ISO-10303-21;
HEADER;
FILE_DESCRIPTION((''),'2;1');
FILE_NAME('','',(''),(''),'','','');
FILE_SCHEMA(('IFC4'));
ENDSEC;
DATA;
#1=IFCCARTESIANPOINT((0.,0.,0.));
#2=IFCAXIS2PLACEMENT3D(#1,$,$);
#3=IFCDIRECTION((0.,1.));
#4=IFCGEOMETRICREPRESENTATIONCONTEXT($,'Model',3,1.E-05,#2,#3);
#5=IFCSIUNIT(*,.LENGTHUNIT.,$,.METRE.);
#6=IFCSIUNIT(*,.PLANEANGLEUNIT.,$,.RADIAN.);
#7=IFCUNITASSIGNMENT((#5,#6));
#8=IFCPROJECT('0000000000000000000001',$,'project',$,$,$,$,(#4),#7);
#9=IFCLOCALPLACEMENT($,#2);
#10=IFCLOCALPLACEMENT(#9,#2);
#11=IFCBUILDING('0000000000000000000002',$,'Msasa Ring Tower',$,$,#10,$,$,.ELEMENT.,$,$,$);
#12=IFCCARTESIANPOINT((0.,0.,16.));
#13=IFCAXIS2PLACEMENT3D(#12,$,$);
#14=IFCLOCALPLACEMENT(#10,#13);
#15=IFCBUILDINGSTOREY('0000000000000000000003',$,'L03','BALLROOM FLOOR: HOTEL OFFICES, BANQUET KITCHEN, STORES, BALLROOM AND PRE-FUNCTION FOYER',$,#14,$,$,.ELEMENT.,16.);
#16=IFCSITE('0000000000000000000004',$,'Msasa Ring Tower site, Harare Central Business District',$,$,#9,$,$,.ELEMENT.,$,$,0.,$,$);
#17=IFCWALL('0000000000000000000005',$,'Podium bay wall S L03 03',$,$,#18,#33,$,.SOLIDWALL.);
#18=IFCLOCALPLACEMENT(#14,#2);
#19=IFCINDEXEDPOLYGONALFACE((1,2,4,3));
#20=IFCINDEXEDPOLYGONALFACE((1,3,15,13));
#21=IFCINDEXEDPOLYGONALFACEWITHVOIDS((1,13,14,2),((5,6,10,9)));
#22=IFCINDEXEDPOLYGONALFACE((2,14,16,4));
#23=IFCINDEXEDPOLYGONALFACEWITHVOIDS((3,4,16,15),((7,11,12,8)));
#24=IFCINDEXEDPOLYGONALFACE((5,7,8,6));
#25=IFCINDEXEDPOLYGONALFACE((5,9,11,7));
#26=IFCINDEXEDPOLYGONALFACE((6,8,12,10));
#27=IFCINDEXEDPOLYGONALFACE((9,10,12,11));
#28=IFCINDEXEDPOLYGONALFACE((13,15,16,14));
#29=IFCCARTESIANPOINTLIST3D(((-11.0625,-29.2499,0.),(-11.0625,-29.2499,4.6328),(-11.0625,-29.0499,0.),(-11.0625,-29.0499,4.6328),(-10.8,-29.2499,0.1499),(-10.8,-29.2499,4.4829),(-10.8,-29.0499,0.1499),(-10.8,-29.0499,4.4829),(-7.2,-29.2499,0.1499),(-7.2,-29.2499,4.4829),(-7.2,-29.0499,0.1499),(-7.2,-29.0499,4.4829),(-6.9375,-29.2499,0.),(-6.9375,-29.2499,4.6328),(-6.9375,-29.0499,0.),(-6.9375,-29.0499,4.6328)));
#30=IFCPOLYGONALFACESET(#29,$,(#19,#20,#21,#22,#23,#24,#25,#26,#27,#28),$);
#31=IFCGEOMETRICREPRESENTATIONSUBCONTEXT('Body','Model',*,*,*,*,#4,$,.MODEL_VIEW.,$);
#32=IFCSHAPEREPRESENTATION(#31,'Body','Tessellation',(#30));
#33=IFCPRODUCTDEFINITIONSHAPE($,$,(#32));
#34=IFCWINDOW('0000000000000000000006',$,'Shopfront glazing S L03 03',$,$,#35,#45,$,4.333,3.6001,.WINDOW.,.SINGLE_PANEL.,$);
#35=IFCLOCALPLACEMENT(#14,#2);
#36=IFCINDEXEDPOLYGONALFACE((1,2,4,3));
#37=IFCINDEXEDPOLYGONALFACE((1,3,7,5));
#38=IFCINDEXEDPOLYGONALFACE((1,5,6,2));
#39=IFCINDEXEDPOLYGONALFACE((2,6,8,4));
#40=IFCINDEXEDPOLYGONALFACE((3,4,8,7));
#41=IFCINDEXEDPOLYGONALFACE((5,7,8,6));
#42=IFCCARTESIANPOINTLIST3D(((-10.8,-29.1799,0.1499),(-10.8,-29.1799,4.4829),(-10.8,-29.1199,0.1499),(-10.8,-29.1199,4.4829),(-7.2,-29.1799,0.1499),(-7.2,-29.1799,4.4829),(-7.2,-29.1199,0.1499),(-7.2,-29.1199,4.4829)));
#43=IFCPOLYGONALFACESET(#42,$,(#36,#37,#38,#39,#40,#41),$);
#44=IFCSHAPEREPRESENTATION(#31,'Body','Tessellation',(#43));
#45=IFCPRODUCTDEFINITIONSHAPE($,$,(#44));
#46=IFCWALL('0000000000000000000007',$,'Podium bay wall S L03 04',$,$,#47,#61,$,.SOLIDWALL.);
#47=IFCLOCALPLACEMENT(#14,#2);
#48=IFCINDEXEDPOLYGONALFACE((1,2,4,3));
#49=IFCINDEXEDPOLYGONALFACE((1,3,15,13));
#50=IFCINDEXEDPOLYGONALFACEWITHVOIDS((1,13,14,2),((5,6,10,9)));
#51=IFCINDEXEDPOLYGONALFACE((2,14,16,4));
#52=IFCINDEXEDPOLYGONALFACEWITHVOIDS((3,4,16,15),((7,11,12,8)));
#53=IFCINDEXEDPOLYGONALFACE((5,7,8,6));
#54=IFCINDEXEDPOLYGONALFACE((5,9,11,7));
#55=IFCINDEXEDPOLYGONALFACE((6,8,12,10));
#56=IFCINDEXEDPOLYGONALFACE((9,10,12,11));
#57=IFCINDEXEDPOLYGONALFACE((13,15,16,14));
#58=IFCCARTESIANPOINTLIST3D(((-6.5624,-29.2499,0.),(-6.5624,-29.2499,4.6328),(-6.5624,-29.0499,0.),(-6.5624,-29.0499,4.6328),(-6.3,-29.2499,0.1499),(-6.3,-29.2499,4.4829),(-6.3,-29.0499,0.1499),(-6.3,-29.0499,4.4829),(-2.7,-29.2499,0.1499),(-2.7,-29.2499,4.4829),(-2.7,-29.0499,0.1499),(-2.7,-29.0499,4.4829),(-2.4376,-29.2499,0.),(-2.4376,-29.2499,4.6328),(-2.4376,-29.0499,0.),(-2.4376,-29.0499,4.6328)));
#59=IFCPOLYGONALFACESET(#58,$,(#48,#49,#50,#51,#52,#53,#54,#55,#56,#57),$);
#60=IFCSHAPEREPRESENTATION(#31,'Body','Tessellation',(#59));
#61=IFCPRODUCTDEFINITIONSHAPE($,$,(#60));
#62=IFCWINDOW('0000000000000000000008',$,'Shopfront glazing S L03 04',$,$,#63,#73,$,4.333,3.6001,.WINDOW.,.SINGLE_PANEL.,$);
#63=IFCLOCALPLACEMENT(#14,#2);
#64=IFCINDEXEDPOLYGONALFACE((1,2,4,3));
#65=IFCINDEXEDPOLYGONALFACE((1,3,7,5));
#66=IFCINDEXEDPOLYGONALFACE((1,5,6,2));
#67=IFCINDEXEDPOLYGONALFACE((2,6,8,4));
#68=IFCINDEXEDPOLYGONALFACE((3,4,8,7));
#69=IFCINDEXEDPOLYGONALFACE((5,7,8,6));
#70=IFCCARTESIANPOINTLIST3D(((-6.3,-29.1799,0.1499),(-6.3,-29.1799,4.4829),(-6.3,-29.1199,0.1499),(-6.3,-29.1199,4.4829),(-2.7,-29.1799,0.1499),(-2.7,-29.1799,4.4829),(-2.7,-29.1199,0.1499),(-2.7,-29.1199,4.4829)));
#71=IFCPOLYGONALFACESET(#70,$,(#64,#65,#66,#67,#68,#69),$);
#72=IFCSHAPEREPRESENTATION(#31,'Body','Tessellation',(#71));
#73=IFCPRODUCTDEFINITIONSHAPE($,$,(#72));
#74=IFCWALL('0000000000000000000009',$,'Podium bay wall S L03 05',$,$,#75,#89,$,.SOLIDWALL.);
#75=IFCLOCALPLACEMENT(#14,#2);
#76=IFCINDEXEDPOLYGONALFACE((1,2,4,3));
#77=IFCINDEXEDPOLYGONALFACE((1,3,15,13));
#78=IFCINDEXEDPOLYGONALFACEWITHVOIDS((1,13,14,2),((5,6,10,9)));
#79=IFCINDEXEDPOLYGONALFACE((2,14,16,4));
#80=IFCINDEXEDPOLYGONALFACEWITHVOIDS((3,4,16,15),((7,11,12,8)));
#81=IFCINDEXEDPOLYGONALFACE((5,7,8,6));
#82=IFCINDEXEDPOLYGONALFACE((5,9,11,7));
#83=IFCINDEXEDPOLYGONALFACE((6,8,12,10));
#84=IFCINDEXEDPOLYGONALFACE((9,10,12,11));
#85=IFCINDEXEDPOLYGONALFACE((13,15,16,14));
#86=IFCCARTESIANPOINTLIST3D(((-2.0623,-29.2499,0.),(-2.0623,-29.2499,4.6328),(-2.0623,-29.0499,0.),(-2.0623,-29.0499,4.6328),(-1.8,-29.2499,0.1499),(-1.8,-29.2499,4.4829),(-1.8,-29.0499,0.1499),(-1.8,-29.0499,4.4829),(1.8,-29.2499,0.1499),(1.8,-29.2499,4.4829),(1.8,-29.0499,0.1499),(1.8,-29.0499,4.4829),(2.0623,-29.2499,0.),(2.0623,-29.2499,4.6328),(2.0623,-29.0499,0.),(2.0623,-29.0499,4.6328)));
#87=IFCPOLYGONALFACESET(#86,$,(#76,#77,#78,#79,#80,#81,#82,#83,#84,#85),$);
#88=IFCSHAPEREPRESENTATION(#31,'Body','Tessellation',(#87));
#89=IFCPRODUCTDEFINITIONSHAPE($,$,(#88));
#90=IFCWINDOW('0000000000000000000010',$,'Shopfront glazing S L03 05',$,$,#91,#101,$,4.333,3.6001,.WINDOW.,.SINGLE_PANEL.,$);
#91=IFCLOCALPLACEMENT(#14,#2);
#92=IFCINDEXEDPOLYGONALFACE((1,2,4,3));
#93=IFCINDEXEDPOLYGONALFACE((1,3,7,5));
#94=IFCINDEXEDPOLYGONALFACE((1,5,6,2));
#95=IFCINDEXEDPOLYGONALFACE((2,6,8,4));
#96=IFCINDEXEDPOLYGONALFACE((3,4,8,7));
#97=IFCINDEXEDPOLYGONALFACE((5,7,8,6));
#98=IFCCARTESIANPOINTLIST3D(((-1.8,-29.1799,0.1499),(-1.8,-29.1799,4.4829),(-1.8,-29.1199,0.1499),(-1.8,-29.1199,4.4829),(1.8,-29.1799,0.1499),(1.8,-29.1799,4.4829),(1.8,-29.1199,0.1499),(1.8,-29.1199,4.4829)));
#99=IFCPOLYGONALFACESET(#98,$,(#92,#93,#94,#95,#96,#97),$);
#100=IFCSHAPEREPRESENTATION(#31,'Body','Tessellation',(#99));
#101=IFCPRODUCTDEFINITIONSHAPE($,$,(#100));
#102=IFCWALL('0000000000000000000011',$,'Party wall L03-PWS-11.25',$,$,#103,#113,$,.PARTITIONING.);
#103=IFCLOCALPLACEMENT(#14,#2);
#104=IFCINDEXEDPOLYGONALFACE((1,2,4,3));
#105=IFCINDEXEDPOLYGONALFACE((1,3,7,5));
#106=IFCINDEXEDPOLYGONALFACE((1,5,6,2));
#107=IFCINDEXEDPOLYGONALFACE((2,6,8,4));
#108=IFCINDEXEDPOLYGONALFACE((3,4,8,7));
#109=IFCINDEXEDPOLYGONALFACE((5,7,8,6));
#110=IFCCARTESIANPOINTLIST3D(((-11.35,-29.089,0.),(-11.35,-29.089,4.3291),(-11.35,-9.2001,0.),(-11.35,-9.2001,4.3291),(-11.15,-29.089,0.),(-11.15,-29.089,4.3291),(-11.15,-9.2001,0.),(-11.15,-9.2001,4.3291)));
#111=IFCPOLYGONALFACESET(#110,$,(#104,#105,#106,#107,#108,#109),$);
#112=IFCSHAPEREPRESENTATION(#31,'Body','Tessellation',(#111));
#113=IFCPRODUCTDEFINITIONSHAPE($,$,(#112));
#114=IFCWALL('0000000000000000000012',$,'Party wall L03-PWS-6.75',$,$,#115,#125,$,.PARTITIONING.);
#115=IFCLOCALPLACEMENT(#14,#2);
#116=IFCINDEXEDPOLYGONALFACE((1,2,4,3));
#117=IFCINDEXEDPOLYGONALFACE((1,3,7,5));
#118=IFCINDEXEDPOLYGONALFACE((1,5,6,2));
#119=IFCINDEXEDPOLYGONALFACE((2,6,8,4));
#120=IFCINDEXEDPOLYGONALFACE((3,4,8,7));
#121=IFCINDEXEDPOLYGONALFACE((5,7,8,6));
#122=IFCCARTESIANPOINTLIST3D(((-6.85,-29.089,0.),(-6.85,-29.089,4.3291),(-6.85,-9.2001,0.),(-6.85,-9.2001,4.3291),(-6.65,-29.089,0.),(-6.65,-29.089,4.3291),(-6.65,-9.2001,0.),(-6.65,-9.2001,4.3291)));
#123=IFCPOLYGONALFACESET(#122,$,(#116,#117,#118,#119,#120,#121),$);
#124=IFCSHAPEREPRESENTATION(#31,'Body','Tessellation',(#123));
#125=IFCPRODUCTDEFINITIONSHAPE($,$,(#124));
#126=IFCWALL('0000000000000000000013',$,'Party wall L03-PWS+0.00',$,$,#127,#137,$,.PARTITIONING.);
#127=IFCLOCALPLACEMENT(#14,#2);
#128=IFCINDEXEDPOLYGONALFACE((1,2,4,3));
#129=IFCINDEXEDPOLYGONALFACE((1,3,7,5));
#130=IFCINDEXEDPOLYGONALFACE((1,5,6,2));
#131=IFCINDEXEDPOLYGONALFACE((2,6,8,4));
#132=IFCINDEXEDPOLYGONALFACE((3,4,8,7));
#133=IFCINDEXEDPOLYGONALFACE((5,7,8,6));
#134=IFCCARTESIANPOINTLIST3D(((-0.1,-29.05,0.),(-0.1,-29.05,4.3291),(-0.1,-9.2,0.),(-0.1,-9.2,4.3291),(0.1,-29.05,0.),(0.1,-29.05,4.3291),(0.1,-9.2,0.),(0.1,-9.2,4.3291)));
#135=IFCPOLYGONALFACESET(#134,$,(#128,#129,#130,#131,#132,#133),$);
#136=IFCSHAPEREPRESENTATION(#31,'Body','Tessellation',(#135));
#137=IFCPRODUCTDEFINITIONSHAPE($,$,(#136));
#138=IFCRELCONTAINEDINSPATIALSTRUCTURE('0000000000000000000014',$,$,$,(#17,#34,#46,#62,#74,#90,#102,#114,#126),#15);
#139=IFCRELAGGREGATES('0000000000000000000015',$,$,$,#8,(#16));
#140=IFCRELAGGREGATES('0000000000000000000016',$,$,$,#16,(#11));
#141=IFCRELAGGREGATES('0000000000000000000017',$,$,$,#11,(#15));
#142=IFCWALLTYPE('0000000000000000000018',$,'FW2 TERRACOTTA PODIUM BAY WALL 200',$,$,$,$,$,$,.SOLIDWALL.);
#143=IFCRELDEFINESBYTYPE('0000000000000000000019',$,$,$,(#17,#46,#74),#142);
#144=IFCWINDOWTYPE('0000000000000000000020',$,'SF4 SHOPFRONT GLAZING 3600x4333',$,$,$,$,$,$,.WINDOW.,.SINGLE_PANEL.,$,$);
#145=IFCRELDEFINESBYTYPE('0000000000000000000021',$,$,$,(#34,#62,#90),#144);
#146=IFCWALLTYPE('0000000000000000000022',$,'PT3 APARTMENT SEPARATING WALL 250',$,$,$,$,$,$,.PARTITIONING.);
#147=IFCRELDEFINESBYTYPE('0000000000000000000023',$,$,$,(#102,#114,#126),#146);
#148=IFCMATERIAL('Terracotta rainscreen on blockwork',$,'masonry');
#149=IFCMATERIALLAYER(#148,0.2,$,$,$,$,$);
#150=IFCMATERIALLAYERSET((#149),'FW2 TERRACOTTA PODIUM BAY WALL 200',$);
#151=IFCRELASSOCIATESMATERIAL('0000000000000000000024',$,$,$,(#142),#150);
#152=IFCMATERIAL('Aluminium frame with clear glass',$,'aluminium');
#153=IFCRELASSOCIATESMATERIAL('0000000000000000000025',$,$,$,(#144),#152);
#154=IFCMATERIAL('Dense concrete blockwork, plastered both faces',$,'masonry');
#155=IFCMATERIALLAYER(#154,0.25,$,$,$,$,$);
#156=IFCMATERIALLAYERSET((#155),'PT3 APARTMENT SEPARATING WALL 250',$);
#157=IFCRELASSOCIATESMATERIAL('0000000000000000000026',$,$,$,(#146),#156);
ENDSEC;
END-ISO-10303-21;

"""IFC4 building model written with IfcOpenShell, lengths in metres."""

from ifc_helpers import new_model, si_unit, direction, frame, frame_2d, origin, place, context, subcontext, project, spatial, rectangle, extrude, material, layer, layer_set, type_object, element, fill, save


model = new_model("IFC4")

# Units and contexts
model_context = context("Model", 3, precision=1e-05, world=origin(), true_north=direction((0.0, 1.0)))
body_context = subcontext(model_context, "Body", "Model", "MODEL_VIEW")
ifc_project = project(units=[si_unit("LENGTHUNIT", "METRE"), si_unit("PLANEANGLEUNIT", "RADIAN")], contexts=[model_context])

# Site, building, storey
site_placement = place(None, origin())
site = spatial("IfcSite", under=ifc_project, at=site_placement, Name="Msasa Ring Tower site, Harare Central Business District", CompositionType="ELEMENT", RefElevation=0.0)
building_placement = place(site_placement, origin())
building = spatial("IfcBuilding", under=site, at=building_placement, Name="Msasa Ring Tower", CompositionType="ELEMENT")
storey_placement = place(building_placement, frame((0.0, 0.0, 16.0)))
storey = spatial("IfcBuildingStorey", under=building, at=storey_placement, Name="L03", Description="BALLROOM FLOOR: HOTEL OFFICES, BANQUET KITCHEN, STORES, BALLROOM AND PRE-FUNCTION FOYER", CompositionType="ELEMENT", Elevation=16.0)

# Walls, openings, windows
ifc_material_1 = material(Name="Terracotta rainscreen on blockwork", Category="masonry")
ifc_layer_1 = layer(ifc_material_1, 0.2)
ifc_layer_set_1 = layer_set([ifc_layer_1], Name="FW2 TERRACOTTA PODIUM BAY WALL 200")
wall_type_1 = type_object("IfcWallType", Name="FW2 TERRACOTTA PODIUM BAY WALL 200", PredefinedType="SOLIDWALL", material=ifc_layer_set_1)
wall_1_placement = place(storey_placement, frame((-11.0625, -29.1499, 0.0), z_axis=(0.0, 0.0, 1.0), x_axis=(1.0, 0.0, 0.0)))
wall_1 = element("IfcWall", 1, at=wall_1_placement, inside=storey, type_object=wall_type_1, Name="Podium bay wall S L03 03", PredefinedType="SOLIDWALL", context=body_context, shape_type="SweptSolid", body=[
    extrude(rectangle(XDim=4.125, YDim=0.2, at=frame_2d((2.0625, 0.0))), origin(), (0.0, 0.0, 1.0), 4.6328),
])
opening_1_placement = place(wall_1_placement, frame((0.2625, 0.0, 0.1499)))
opening_1 = element("IfcOpeningElement", 2, at=opening_1_placement, cuts=wall_1, PredefinedType="OPENING", context=body_context, shape_type="SweptSolid", body=[
    extrude(rectangle(XDim=3.6001, YDim=4.333, at=frame_2d((1.8, 2.1665))), frame((0.0, 0.1099, 0.0), z_axis=(0.0, -1.0, 0.0), x_axis=(1.0, 0.0, 0.0)), (0.0, 0.0, 1.0), 0.22),
])
ifc_material_2 = material(Name="Aluminium frame with clear glass", Category="aluminium")
window_type = type_object("IfcWindowType", Name="SF4 SHOPFRONT GLAZING 3600x4333", PartitioningType="SINGLE_PANEL", PredefinedType="WINDOW", material=ifc_material_2)
window_1_placement = place(opening_1_placement, origin())
window_1 = element("IfcWindow", 3, at=window_1_placement, inside=storey, type_object=window_type, Name="Shopfront glazing S L03 03", OverallHeight=4.333, OverallWidth=3.6001, PartitioningType="SINGLE_PANEL", PredefinedType="WINDOW", context=body_context, shape_type="SweptSolid", body=[
    extrude(rectangle(XDim=3.6001, YDim=4.333, at=frame_2d((1.8, 2.1665))), frame((0.0, 0.03, 0.0), z_axis=(0.0, -1.0, 0.0), x_axis=(1.0, 0.0, 0.0)), (0.0, 0.0, 1.0), 0.0601),
])
fill(opening_1, window_1)
wall_2_placement = place(storey_placement, frame((-6.5625, -29.1499, 0.0), z_axis=(0.0, 0.0, 1.0), x_axis=(1.0, 0.0, 0.0)))
wall_2 = element("IfcWall", 4, at=wall_2_placement, inside=storey, type_object=wall_type_1, Name="Podium bay wall S L03 04", PredefinedType="SOLIDWALL", context=body_context, shape_type="SweptSolid", body=[
    extrude(rectangle(XDim=4.1248, YDim=0.2, at=frame_2d((2.0625, 0.0))), origin(), (0.0, 0.0, 1.0), 4.6328),
])
opening_2_placement = place(wall_2_placement, frame((0.2625, 0.0, 0.1499)))
opening_2 = element("IfcOpeningElement", 5, at=opening_2_placement, cuts=wall_2, PredefinedType="OPENING", context=body_context, shape_type="SweptSolid", body=[
    extrude(rectangle(XDim=3.6001, YDim=4.333, at=frame_2d((1.8, 2.1665))), frame((0.0, 0.1099, 0.0), z_axis=(0.0, -1.0, 0.0), x_axis=(1.0, 0.0, 0.0)), (0.0, 0.0, 1.0), 0.22),
])
window_2_placement = place(opening_2_placement, origin())
window_2 = element("IfcWindow", 6, at=window_2_placement, inside=storey, type_object=window_type, Name="Shopfront glazing S L03 04", OverallHeight=4.333, OverallWidth=3.6001, PartitioningType="SINGLE_PANEL", PredefinedType="WINDOW", context=body_context, shape_type="SweptSolid", body=[
    extrude(rectangle(XDim=3.6001, YDim=4.333, at=frame_2d((1.8, 2.1665))), frame((0.0, 0.03, 0.0), z_axis=(0.0, -1.0, 0.0), x_axis=(1.0, 0.0, 0.0)), (0.0, 0.0, 1.0), 0.0601),
])
fill(opening_2, window_2)
wall_3_placement = place(storey_placement, frame((-2.0623, -29.1499, 0.0), z_axis=(0.0, 0.0, 1.0), x_axis=(1.0, 0.0, 0.0)))
wall_3 = element("IfcWall", 7, at=wall_3_placement, inside=storey, type_object=wall_type_1, Name="Podium bay wall S L03 05", PredefinedType="SOLIDWALL", context=body_context, shape_type="SweptSolid", body=[
    extrude(rectangle(XDim=4.1245, YDim=0.2, at=frame_2d((2.0623, 0.0))), origin(), (0.0, 0.0, 1.0), 4.6328),
])
opening_3_placement = place(wall_3_placement, frame((0.2622, 0.0, 0.1499)))
opening_3 = element("IfcOpeningElement", 8, at=opening_3_placement, cuts=wall_3, PredefinedType="OPENING", context=body_context, shape_type="SweptSolid", body=[
    extrude(rectangle(XDim=3.6001, YDim=4.333, at=frame_2d((1.8, 2.1665))), frame((0.0, 0.1099, 0.0), z_axis=(0.0, -1.0, 0.0), x_axis=(1.0, 0.0, 0.0)), (0.0, 0.0, 1.0), 0.22),
])
window_3_placement = place(opening_3_placement, origin())
window_3 = element("IfcWindow", 9, at=window_3_placement, inside=storey, type_object=window_type, Name="Shopfront glazing S L03 05", OverallHeight=4.333, OverallWidth=3.6001, PartitioningType="SINGLE_PANEL", PredefinedType="WINDOW", context=body_context, shape_type="SweptSolid", body=[
    extrude(rectangle(XDim=3.6001, YDim=4.333, at=frame_2d((1.8, 2.1665))), frame((0.0, 0.03, 0.0), z_axis=(0.0, -1.0, 0.0), x_axis=(1.0, 0.0, 0.0)), (0.0, 0.0, 1.0), 0.0601),
])
fill(opening_3, window_3)

# Walls
ifc_material_3 = material(Name="Dense concrete blockwork, plastered both faces", Category="masonry")
ifc_layer_2 = layer(ifc_material_3, 0.25)
ifc_layer_set_2 = layer_set([ifc_layer_2], Name="PT3 APARTMENT SEPARATING WALL 250")
wall_type_2 = type_object("IfcWallType", Name="PT3 APARTMENT SEPARATING WALL 250", PredefinedType="PARTITIONING", material=ifc_layer_set_2)
for number, where, z_axis, x_axis, name in (
    (10, (-11.25, -29.0889, 0.0), (0.0, 0.0, 1.0), (0.0, 1.0, 0.0), "Party wall L03-PWS-11.25"),
    (11, (-6.75, -29.0889, 0.0), (0.0, 0.0, 1.0), (0.0, 1.0, 0.0), "Party wall L03-PWS-6.75"),
):
    element("IfcWall", number, at=place(storey_placement, frame(where, z_axis=z_axis, x_axis=x_axis)), inside=storey, type_object=wall_type_2, Name=name, PredefinedType="PARTITIONING", context=body_context, shape_type="SweptSolid", body=[
        extrude(rectangle(XDim=19.8889, YDim=0.2, at=frame_2d((9.9443, 0.0))), origin(), (0.0, 0.0, 1.0), 4.3291),
    ])
wall_4_placement = place(storey_placement, frame((0.0, -29.05, 0.0), z_axis=(0.0, 0.0, 1.0), x_axis=(0.0, 1.0, 0.0)))
element("IfcWall", 12, at=wall_4_placement, inside=storey, type_object=wall_type_2, Name="Party wall L03-PWS+0.00", PredefinedType="PARTITIONING", context=body_context, shape_type="SweptSolid", body=[
    extrude(rectangle(XDim=19.8501, YDim=0.2, at=frame_2d((9.925, 0.0))), origin(), (0.0, 0.0, 1.0), 4.3291),
])

save(model, "model.ifc")
